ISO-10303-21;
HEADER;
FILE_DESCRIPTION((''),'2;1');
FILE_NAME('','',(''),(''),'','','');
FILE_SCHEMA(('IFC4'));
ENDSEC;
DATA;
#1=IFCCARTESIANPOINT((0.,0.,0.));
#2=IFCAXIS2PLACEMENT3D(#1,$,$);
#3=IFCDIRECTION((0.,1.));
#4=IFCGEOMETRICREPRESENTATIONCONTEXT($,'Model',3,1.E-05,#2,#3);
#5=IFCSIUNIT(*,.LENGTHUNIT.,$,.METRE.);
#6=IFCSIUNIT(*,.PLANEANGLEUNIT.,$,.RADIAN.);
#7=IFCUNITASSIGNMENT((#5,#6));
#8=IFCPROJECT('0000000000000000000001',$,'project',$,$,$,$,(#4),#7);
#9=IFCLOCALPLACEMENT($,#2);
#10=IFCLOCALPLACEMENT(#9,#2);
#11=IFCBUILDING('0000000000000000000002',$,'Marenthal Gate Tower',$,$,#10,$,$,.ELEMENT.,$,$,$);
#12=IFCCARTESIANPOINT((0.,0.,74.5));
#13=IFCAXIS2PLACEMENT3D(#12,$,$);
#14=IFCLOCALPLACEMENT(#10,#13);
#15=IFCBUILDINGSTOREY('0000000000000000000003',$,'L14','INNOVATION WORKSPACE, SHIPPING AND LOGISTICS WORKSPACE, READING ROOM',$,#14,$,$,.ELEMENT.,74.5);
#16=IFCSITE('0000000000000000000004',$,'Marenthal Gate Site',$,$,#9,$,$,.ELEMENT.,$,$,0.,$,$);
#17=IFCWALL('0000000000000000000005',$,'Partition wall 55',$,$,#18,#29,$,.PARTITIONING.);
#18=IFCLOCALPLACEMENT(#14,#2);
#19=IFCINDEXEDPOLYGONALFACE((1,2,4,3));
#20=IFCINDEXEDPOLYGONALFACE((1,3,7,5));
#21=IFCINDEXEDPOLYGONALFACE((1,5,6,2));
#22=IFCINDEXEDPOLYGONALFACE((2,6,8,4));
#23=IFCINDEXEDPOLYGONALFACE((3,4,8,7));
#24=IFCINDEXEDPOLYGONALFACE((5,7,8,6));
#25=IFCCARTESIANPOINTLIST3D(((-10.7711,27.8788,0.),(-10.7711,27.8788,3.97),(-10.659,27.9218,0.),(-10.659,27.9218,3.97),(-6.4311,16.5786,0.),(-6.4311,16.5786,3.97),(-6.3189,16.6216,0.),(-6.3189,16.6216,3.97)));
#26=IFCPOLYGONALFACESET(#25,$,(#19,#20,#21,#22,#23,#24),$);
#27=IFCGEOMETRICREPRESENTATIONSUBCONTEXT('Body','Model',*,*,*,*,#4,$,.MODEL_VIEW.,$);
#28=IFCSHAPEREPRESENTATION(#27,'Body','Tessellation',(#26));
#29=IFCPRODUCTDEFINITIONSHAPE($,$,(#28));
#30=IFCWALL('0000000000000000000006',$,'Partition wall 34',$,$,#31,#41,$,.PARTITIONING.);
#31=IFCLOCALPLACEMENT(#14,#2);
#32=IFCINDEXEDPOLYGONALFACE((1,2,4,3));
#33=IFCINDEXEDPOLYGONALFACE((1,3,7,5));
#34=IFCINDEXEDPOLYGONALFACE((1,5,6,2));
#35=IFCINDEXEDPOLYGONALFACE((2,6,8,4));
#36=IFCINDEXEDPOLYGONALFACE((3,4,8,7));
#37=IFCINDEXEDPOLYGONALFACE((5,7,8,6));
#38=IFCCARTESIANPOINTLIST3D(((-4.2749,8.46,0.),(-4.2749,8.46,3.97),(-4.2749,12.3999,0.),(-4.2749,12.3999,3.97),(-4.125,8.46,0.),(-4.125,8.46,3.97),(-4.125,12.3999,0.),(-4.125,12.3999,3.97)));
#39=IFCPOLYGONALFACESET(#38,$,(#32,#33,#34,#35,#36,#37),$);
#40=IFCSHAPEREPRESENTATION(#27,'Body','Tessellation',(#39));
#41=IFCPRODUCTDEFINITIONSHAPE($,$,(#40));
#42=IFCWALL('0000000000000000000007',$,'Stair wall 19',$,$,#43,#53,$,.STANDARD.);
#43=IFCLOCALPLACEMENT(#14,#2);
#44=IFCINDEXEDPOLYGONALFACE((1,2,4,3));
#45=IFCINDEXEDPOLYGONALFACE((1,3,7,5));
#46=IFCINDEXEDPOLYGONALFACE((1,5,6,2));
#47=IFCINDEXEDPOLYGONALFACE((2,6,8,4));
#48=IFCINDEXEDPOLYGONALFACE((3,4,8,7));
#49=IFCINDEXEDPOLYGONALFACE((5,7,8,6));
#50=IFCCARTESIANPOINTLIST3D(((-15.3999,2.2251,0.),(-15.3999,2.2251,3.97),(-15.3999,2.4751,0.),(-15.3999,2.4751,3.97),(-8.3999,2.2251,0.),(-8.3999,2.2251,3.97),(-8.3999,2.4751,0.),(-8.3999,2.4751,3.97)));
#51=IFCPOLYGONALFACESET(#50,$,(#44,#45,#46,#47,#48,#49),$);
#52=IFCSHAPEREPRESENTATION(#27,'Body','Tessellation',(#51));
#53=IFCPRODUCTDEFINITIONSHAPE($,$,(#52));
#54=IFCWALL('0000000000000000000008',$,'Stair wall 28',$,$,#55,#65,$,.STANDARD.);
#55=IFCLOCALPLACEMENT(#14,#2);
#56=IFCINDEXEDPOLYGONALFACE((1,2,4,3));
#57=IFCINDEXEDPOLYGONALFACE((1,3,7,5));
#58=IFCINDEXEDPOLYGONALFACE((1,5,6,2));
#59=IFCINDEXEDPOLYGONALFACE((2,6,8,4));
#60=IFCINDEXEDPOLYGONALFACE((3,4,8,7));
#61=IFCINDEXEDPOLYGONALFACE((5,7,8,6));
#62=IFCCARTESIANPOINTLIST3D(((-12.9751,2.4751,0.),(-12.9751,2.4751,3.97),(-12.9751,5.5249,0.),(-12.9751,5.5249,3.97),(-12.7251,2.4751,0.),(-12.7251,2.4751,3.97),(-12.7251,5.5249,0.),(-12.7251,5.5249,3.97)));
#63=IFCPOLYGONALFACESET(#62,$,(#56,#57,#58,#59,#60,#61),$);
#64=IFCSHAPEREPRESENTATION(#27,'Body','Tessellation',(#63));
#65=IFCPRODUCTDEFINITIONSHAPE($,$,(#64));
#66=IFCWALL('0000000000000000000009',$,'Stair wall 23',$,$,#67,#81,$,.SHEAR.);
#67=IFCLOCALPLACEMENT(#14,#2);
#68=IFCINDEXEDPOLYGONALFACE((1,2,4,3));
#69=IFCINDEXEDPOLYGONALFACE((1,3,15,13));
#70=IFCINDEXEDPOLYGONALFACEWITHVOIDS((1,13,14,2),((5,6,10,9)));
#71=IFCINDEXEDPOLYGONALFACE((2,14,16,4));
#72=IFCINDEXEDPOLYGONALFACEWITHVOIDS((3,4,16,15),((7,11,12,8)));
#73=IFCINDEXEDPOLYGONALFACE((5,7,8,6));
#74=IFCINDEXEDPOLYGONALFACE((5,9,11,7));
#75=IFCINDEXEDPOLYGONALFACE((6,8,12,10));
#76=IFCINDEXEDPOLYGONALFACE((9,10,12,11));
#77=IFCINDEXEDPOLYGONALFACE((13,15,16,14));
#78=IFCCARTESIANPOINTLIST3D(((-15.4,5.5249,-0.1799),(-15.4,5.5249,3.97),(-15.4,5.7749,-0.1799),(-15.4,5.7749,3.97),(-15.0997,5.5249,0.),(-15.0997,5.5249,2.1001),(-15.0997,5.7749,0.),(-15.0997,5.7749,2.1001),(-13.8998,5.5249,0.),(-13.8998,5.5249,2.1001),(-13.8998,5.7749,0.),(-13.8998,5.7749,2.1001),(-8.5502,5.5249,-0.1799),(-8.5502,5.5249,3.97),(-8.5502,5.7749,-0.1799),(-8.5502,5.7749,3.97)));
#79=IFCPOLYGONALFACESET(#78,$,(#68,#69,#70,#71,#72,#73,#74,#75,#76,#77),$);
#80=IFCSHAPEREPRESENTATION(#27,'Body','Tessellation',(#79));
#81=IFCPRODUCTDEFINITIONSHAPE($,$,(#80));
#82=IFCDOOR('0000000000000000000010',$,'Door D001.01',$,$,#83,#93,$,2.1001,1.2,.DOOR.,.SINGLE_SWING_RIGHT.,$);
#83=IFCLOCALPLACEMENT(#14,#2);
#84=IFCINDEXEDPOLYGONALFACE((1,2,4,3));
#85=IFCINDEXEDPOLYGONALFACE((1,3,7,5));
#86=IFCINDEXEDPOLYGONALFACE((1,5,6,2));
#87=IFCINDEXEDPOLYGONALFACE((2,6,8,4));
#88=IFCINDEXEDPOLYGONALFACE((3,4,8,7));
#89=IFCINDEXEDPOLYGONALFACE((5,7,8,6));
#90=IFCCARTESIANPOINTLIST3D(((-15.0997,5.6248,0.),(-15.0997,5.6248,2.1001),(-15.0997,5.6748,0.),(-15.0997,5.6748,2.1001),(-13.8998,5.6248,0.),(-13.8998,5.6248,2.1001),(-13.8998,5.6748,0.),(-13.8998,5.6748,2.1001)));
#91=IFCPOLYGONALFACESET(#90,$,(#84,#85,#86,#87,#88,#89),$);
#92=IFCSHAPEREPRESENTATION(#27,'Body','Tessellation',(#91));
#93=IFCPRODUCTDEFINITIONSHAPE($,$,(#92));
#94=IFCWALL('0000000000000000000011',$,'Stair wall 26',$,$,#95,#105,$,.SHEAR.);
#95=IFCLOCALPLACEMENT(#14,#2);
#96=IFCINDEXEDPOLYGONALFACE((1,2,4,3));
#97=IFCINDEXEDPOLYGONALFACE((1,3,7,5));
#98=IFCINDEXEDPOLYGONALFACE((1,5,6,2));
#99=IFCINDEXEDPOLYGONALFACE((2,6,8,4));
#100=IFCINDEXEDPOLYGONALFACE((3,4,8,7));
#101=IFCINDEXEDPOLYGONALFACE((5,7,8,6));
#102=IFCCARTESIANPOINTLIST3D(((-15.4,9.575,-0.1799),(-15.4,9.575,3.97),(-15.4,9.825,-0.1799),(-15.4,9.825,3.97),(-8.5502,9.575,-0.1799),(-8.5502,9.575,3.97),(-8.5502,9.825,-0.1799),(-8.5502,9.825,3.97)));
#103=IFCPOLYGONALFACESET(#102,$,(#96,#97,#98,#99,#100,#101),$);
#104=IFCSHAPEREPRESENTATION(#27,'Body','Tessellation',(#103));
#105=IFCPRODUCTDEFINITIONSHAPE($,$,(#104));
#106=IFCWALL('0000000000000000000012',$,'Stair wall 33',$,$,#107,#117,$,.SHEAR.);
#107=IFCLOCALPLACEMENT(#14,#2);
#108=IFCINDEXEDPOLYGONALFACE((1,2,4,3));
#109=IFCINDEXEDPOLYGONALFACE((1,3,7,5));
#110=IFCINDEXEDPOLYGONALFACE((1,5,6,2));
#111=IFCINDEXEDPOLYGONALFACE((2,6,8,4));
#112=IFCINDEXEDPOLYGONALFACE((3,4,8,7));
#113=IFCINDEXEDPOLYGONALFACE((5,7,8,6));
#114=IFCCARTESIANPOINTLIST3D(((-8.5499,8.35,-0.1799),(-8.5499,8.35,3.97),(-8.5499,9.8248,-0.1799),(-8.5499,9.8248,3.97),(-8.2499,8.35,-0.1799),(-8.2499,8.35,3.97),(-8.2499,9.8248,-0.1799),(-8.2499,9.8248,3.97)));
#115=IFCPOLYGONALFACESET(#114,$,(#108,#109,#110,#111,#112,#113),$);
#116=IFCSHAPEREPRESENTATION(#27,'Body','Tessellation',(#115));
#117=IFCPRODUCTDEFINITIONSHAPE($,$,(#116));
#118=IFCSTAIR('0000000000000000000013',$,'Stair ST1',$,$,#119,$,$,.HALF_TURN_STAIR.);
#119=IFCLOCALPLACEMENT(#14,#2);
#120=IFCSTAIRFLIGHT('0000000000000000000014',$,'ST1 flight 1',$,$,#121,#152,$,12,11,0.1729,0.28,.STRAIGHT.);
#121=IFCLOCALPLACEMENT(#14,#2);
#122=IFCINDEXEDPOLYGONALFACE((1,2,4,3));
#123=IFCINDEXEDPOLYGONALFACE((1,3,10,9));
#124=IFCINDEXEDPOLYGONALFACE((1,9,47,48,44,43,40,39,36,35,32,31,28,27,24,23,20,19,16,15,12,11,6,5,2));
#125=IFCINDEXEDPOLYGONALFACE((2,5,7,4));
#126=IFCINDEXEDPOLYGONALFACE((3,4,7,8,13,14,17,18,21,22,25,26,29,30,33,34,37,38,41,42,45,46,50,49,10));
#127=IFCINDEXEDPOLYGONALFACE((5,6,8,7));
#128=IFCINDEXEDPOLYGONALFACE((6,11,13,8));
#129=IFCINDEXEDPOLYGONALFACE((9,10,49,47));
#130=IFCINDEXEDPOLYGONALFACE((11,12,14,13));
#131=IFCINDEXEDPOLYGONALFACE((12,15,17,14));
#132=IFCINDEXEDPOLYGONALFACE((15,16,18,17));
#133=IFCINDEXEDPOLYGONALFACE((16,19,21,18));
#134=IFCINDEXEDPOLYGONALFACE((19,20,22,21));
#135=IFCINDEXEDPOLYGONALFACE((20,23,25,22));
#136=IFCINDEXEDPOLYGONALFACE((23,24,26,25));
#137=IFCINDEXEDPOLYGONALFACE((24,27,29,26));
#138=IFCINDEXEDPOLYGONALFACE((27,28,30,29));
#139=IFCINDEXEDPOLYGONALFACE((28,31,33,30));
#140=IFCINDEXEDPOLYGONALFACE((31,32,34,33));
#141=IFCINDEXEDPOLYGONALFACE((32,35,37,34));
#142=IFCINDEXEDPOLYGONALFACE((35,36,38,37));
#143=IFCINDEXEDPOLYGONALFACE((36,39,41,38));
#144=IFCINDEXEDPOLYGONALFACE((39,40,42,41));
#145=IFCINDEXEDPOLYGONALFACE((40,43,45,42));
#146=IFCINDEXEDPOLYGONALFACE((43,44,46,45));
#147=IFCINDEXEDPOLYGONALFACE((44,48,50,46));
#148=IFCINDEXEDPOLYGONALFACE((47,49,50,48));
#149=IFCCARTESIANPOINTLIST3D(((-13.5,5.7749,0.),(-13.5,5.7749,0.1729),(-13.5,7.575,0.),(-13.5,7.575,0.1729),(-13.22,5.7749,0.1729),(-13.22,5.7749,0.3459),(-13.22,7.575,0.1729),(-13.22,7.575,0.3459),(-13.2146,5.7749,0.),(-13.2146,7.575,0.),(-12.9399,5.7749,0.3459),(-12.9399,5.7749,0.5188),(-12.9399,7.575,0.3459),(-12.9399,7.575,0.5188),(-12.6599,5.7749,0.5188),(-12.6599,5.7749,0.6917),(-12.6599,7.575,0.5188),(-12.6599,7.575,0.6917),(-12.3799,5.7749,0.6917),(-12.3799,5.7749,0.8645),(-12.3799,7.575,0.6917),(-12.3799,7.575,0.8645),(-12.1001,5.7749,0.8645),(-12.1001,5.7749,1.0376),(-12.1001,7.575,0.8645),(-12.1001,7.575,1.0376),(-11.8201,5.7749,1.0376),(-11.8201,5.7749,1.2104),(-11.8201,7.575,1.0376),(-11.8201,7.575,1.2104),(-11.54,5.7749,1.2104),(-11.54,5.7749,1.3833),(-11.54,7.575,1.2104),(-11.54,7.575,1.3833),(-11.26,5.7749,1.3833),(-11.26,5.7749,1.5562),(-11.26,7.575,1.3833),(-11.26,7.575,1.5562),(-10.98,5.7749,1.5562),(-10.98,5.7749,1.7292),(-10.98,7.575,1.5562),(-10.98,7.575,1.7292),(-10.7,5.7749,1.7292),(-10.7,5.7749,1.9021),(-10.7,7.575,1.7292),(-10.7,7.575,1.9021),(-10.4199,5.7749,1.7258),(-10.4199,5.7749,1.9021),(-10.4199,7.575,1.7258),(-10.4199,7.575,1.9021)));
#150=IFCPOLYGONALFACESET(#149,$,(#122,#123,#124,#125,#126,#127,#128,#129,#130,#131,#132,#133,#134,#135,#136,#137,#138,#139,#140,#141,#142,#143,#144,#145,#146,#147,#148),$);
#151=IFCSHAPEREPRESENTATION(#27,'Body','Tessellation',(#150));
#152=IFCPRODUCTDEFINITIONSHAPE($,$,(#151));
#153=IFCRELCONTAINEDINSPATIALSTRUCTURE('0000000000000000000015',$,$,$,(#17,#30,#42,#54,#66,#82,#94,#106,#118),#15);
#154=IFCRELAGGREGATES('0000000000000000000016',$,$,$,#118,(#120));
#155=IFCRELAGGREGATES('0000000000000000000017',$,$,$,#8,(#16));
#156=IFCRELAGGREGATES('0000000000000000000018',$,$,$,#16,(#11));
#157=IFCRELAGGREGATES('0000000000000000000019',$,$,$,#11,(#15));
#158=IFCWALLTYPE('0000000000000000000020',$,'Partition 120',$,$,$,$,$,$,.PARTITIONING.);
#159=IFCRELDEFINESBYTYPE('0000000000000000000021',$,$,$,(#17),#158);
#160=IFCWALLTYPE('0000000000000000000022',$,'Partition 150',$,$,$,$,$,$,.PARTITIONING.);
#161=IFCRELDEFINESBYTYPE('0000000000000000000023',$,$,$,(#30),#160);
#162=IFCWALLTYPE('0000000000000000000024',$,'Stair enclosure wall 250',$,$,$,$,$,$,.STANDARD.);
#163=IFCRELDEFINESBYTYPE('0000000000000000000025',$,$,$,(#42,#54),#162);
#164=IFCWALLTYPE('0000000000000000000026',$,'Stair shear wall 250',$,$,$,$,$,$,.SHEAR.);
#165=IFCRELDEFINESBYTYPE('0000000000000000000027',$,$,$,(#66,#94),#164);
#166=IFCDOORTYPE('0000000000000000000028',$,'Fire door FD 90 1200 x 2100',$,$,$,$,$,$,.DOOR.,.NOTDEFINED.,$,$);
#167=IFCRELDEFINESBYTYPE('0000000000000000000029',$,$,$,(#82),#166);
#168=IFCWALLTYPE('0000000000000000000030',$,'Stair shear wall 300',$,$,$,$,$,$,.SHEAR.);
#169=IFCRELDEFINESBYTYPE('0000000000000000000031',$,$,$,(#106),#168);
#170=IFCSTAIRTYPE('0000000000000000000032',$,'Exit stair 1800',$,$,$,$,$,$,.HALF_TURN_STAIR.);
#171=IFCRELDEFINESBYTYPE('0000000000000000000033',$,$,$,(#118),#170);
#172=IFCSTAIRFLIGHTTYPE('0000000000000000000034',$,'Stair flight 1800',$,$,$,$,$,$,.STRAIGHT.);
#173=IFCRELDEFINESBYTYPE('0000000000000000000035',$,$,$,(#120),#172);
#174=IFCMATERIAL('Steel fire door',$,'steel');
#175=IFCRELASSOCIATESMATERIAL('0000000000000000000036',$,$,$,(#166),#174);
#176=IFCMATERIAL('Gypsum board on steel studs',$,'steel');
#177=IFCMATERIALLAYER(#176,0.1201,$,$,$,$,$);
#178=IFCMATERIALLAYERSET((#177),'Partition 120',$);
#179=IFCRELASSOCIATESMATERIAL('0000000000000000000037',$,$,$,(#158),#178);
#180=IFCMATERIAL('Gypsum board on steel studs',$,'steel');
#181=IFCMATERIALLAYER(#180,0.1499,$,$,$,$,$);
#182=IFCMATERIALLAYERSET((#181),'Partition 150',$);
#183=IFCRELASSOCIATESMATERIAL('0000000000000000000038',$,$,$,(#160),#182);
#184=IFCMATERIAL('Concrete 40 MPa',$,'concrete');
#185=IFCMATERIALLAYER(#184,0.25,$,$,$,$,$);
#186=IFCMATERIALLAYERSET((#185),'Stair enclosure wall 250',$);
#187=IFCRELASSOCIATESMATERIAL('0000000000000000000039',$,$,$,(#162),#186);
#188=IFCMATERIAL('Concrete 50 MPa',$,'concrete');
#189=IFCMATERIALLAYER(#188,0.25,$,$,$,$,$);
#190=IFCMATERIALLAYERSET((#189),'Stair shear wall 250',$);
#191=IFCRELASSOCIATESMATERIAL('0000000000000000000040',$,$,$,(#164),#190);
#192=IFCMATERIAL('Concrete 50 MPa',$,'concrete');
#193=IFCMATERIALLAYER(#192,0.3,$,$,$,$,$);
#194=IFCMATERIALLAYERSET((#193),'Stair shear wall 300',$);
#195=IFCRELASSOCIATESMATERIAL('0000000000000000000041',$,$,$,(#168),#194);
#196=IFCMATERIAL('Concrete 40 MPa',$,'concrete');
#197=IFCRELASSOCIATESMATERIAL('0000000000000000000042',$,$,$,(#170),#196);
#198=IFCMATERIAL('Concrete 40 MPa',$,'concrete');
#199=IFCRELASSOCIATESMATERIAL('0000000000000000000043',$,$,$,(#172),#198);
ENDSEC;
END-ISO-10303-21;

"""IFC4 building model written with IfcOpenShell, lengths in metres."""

from ifc_helpers import new_model, si_unit, direction, frame, frame_2d, origin, place, context, subcontext, project, spatial, polyline, rectangle, outline, extrude, material, layer, layer_set, type_object, element, fill, aggregate, save


model = new_model("IFC4")

# Units and contexts
model_context = context("Model", 3, precision=1e-05, world=origin(), true_north=direction((0.0, 1.0)))
body_context = subcontext(model_context, "Body", "Model", "MODEL_VIEW")
ifc_project = project(units=[si_unit("LENGTHUNIT", "METRE"), si_unit("PLANEANGLEUNIT", "RADIAN")], contexts=[model_context])

# Site, building, storey
site_placement = place(None, origin())
site = spatial("IfcSite", under=ifc_project, at=site_placement, Name="Marenthal Gate Site", CompositionType="ELEMENT", RefElevation=0.0)
building_placement = place(site_placement, origin())
building = spatial("IfcBuilding", under=site, at=building_placement, Name="Marenthal Gate Tower", CompositionType="ELEMENT")
storey_placement = place(building_placement, frame((0.0, 0.0, 74.5)))
storey = spatial("IfcBuildingStorey", under=building, at=storey_placement, Name="L14", Description="INNOVATION WORKSPACE, SHIPPING AND LOGISTICS WORKSPACE, READING ROOM", CompositionType="ELEMENT", Elevation=74.5)

# Shared definitions
ifc_material_1 = material(Name="Steel fire door", Category="steel")
door_type_1 = type_object("IfcDoorType", Name="Fire door FD 90 1200 x 2100", OperationType="NOTDEFINED", PredefinedType="DOOR", material=ifc_material_1)

# Walls
ifc_material_2 = material(Name="Gypsum board on steel studs", Category="steel")
ifc_layer_1 = layer(ifc_material_2, 0.1201)
ifc_layer_set_1 = layer_set([ifc_layer_1], Name="Partition 120")
wall_type_1 = type_object("IfcWallType", Name="Partition 120", PredefinedType="PARTITIONING", material=ifc_layer_set_1)
wall_1_placement = place(storey_placement, frame((-6.375, 16.6001, 0.0), z_axis=(0.0, 0.0, 1.0), x_axis=(-0.358534, 0.933517, 0.0)))
element("IfcWall", 1, at=wall_1_placement, inside=storey, type_object=wall_type_1, Name="Partition wall 55", PredefinedType="PARTITIONING", context=body_context, shape_type="SweptSolid", body=[
    extrude(rectangle(XDim=12.105, YDim=0.1201, at=frame_2d((6.0525, 0.0))), origin(), (0.0, 0.0, 1.0), 3.97),
])
ifc_material_3 = material(Name="Gypsum board on steel studs", Category="steel")
ifc_layer_2 = layer(ifc_material_3, 0.1499)
ifc_layer_set_2 = layer_set([ifc_layer_2], Name="Partition 150")
wall_type_2 = type_object("IfcWallType", Name="Partition 150", PredefinedType="PARTITIONING", material=ifc_layer_set_2)
wall_2_placement = place(storey_placement, frame((-4.2, 8.46, 0.0), z_axis=(0.0, 0.0, 1.0), x_axis=(0.0, 1.0, 0.0)))
element("IfcWall", 2, at=wall_2_placement, inside=storey, type_object=wall_type_2, Name="Partition wall 34", PredefinedType="PARTITIONING", context=body_context, shape_type="SweptSolid", body=[
    extrude(rectangle(XDim=3.9399, YDim=0.1499, at=frame_2d((1.97, 0.0))), origin(), (0.0, 0.0, 1.0), 3.97),
])
ifc_material_4 = material(Name="Concrete 40 MPa", Category="concrete")
ifc_layer_3 = layer(ifc_material_4, 0.25)
ifc_layer_set_3 = layer_set([ifc_layer_3], Name="Stair enclosure wall 250")
wall_type_3 = type_object("IfcWallType", Name="Stair enclosure wall 250", PredefinedType="STANDARD", material=ifc_layer_set_3)
wall_3_placement = place(storey_placement, frame((-15.3999, 2.3501, 0.0), z_axis=(0.0, 0.0, 1.0), x_axis=(1.0, 0.0, 0.0)))
element("IfcWall", 3, at=wall_3_placement, inside=storey, type_object=wall_type_3, Name="Stair wall 19", PredefinedType="STANDARD", context=body_context, shape_type="SweptSolid", body=[
    extrude(rectangle(XDim=7.0, YDim=0.25, at=frame_2d((3.5, 0.0))), origin(), (0.0, 0.0, 1.0), 3.97),
])
wall_4_placement = place(storey_placement, frame((-12.8501, 2.4751, 0.0), z_axis=(0.0, 0.0, 1.0), x_axis=(0.0, 1.0, 0.0)))
element("IfcWall", 4, at=wall_4_placement, inside=storey, type_object=wall_type_3, Name="Stair wall 28", PredefinedType="STANDARD", context=body_context, shape_type="SweptSolid", body=[
    extrude(rectangle(XDim=3.0498, YDim=0.25, at=frame_2d((1.5249, 0.0))), origin(), (0.0, 0.0, 1.0), 3.97),
])

# Wall, opening, door
ifc_material_5 = material(Name="Concrete 50 MPa", Category="concrete")
ifc_layer_4 = layer(ifc_material_5, 0.25)
ifc_layer_set_4 = layer_set([ifc_layer_4], Name="Stair shear wall 250")
wall_type_4 = type_object("IfcWallType", Name="Stair shear wall 250", PredefinedType="SHEAR", material=ifc_layer_set_4)
wall_5_placement = place(storey_placement, frame((-15.3999, 5.6499, -0.1799), z_axis=(0.0, 0.0, 1.0), x_axis=(1.0, 0.0, 0.0)))
wall_5 = element("IfcWall", 5, at=wall_5_placement, inside=storey, type_object=wall_type_4, Name="Stair wall 23", PredefinedType="SHEAR", context=body_context, shape_type="SweptSolid", body=[
    extrude(rectangle(XDim=6.8499, YDim=0.25, at=frame_2d((3.4248, 0.0))), origin(), (0.0, 0.0, 1.0), 4.1499),
])
opening_1_placement = place(wall_5_placement, frame((0.3, 0.0, 0.1799)))
opening_1 = element("IfcOpeningElement", 6, at=opening_1_placement, cuts=wall_5, PredefinedType="OPENING", context=body_context, shape_type="SweptSolid", body=[
    extrude(rectangle(XDim=1.2, YDim=2.1001, at=frame_2d((0.6001, 1.05))), frame((0.0, 0.135, 0.0), z_axis=(0.0, -1.0, 0.0), x_axis=(1.0, 0.0, 0.0)), (0.0, 0.0, 1.0), 0.27),
])
door_1_placement = place(opening_1_placement, origin())
door_1 = element("IfcDoor", 7, at=door_1_placement, inside=storey, type_object=door_type_1, Name="Door D001.01", OperationType="SINGLE_SWING_RIGHT", OverallHeight=2.1001, OverallWidth=1.2, PredefinedType="DOOR", context=body_context, shape_type="SweptSolid", body=[
    extrude(rectangle(XDim=1.2, YDim=2.1001, at=frame_2d((0.6001, 1.05))), frame((0.0, 0.0249, 0.0), z_axis=(0.0, -1.0, 0.0), x_axis=(1.0, 0.0, 0.0)), (0.0, 0.0, 1.0), 0.05),
])
fill(opening_1, door_1)

# Walls
wall_6_placement = place(storey_placement, frame((-15.3999, 9.7, -0.1799), z_axis=(0.0, 0.0, 1.0), x_axis=(1.0, 0.0, 0.0)))
element("IfcWall", 8, at=wall_6_placement, inside=storey, type_object=wall_type_4, Name="Stair wall 26", PredefinedType="SHEAR", context=body_context, shape_type="SweptSolid", body=[
    extrude(rectangle(XDim=6.8499, YDim=0.25, at=frame_2d((3.4248, 0.0))), origin(), (0.0, 0.0, 1.0), 4.1499),
])
ifc_material_6 = material(Name="Concrete 50 MPa", Category="concrete")
ifc_layer_5 = layer(ifc_material_6, 0.3)
ifc_layer_set_5 = layer_set([ifc_layer_5], Name="Stair shear wall 300")
wall_type_5 = type_object("IfcWallType", Name="Stair shear wall 300", PredefinedType="SHEAR", material=ifc_layer_set_5)
wall_7_placement = place(storey_placement, frame((-8.3999, 8.3501, -0.1799), z_axis=(0.0, 0.0, 1.0), x_axis=(0.0, 1.0, 0.0)))
element("IfcWall", 9, at=wall_7_placement, inside=storey, type_object=wall_type_5, Name="Stair wall 33", PredefinedType="SHEAR", context=body_context, shape_type="SweptSolid", body=[
    extrude(rectangle(XDim=1.4749, YDim=0.3, at=frame_2d((0.7373, 0.0))), origin(), (0.0, 0.0, 1.0), 4.1499),
])

# Stair, stair flight
ifc_material_7 = material(Name="Concrete 40 MPa", Category="concrete")
stair_type = type_object("IfcStairType", Name="Exit stair 1800", PredefinedType="HALF_TURN_STAIR", material=ifc_material_7)
stair_placement = place(storey_placement, origin())
stair = element("IfcStair", 10, at=stair_placement, inside=storey, type_object=stair_type, Name="Stair ST1", PredefinedType="HALF_TURN_STAIR")
ifc_material_8 = material(Name="Concrete 40 MPa", Category="concrete")
stair_flight_type = type_object("IfcStairFlightType", Name="Stair flight 1800", PredefinedType="STRAIGHT", material=ifc_material_8)
stair_flight_1_placement = place(storey_placement, frame((-13.5, 6.675, 0.0), z_axis=(0.0, 0.0, 1.0), x_axis=(1.0, 0.0, 0.0)))
stair_flight_1 = element("IfcStairFlight", 11, at=stair_flight_1_placement, type_object=stair_flight_type, Name="ST1 flight 1", NumberOfRisers=12, NumberOfTreads=11, PredefinedType="STRAIGHT", RiserHeight=0.1729, TreadLength=0.28, context=body_context, shape_type="SweptSolid", body=[
    extrude(outline(polyline([(0.0, 0.0), (0.0, 0.1729), (0.28, 0.1729), (0.28, 0.3459), (0.5601, 0.3459), (0.5601, 0.5188), (0.8401, 0.5188), (0.8401, 0.6917), (1.1201, 0.6917), (1.1201, 0.8645), (1.3999, 0.8645), (1.3999, 1.0376), (1.6799, 1.0376), (1.6799, 1.2104), (1.96, 1.2104), (1.96, 1.3833), (2.24, 1.3833), (2.24, 1.5562), (2.52, 1.5562), (2.52, 1.7292), (2.8, 1.7292), (2.8, 1.9021), (3.0801, 1.9021), (3.0801, 2.075), (3.0801, 1.7258), (0.2854, 0.0), (0.0, 0.0)])), frame((0.0, 0.8999, 0.0), z_axis=(0.0, -1.0, 0.0), x_axis=(1.0, 0.0, 0.0)), (0.0, 0.0, 1.0), 1.8),
])
aggregate(stair, [stair_flight_1])

save(model, "model.ifc")
